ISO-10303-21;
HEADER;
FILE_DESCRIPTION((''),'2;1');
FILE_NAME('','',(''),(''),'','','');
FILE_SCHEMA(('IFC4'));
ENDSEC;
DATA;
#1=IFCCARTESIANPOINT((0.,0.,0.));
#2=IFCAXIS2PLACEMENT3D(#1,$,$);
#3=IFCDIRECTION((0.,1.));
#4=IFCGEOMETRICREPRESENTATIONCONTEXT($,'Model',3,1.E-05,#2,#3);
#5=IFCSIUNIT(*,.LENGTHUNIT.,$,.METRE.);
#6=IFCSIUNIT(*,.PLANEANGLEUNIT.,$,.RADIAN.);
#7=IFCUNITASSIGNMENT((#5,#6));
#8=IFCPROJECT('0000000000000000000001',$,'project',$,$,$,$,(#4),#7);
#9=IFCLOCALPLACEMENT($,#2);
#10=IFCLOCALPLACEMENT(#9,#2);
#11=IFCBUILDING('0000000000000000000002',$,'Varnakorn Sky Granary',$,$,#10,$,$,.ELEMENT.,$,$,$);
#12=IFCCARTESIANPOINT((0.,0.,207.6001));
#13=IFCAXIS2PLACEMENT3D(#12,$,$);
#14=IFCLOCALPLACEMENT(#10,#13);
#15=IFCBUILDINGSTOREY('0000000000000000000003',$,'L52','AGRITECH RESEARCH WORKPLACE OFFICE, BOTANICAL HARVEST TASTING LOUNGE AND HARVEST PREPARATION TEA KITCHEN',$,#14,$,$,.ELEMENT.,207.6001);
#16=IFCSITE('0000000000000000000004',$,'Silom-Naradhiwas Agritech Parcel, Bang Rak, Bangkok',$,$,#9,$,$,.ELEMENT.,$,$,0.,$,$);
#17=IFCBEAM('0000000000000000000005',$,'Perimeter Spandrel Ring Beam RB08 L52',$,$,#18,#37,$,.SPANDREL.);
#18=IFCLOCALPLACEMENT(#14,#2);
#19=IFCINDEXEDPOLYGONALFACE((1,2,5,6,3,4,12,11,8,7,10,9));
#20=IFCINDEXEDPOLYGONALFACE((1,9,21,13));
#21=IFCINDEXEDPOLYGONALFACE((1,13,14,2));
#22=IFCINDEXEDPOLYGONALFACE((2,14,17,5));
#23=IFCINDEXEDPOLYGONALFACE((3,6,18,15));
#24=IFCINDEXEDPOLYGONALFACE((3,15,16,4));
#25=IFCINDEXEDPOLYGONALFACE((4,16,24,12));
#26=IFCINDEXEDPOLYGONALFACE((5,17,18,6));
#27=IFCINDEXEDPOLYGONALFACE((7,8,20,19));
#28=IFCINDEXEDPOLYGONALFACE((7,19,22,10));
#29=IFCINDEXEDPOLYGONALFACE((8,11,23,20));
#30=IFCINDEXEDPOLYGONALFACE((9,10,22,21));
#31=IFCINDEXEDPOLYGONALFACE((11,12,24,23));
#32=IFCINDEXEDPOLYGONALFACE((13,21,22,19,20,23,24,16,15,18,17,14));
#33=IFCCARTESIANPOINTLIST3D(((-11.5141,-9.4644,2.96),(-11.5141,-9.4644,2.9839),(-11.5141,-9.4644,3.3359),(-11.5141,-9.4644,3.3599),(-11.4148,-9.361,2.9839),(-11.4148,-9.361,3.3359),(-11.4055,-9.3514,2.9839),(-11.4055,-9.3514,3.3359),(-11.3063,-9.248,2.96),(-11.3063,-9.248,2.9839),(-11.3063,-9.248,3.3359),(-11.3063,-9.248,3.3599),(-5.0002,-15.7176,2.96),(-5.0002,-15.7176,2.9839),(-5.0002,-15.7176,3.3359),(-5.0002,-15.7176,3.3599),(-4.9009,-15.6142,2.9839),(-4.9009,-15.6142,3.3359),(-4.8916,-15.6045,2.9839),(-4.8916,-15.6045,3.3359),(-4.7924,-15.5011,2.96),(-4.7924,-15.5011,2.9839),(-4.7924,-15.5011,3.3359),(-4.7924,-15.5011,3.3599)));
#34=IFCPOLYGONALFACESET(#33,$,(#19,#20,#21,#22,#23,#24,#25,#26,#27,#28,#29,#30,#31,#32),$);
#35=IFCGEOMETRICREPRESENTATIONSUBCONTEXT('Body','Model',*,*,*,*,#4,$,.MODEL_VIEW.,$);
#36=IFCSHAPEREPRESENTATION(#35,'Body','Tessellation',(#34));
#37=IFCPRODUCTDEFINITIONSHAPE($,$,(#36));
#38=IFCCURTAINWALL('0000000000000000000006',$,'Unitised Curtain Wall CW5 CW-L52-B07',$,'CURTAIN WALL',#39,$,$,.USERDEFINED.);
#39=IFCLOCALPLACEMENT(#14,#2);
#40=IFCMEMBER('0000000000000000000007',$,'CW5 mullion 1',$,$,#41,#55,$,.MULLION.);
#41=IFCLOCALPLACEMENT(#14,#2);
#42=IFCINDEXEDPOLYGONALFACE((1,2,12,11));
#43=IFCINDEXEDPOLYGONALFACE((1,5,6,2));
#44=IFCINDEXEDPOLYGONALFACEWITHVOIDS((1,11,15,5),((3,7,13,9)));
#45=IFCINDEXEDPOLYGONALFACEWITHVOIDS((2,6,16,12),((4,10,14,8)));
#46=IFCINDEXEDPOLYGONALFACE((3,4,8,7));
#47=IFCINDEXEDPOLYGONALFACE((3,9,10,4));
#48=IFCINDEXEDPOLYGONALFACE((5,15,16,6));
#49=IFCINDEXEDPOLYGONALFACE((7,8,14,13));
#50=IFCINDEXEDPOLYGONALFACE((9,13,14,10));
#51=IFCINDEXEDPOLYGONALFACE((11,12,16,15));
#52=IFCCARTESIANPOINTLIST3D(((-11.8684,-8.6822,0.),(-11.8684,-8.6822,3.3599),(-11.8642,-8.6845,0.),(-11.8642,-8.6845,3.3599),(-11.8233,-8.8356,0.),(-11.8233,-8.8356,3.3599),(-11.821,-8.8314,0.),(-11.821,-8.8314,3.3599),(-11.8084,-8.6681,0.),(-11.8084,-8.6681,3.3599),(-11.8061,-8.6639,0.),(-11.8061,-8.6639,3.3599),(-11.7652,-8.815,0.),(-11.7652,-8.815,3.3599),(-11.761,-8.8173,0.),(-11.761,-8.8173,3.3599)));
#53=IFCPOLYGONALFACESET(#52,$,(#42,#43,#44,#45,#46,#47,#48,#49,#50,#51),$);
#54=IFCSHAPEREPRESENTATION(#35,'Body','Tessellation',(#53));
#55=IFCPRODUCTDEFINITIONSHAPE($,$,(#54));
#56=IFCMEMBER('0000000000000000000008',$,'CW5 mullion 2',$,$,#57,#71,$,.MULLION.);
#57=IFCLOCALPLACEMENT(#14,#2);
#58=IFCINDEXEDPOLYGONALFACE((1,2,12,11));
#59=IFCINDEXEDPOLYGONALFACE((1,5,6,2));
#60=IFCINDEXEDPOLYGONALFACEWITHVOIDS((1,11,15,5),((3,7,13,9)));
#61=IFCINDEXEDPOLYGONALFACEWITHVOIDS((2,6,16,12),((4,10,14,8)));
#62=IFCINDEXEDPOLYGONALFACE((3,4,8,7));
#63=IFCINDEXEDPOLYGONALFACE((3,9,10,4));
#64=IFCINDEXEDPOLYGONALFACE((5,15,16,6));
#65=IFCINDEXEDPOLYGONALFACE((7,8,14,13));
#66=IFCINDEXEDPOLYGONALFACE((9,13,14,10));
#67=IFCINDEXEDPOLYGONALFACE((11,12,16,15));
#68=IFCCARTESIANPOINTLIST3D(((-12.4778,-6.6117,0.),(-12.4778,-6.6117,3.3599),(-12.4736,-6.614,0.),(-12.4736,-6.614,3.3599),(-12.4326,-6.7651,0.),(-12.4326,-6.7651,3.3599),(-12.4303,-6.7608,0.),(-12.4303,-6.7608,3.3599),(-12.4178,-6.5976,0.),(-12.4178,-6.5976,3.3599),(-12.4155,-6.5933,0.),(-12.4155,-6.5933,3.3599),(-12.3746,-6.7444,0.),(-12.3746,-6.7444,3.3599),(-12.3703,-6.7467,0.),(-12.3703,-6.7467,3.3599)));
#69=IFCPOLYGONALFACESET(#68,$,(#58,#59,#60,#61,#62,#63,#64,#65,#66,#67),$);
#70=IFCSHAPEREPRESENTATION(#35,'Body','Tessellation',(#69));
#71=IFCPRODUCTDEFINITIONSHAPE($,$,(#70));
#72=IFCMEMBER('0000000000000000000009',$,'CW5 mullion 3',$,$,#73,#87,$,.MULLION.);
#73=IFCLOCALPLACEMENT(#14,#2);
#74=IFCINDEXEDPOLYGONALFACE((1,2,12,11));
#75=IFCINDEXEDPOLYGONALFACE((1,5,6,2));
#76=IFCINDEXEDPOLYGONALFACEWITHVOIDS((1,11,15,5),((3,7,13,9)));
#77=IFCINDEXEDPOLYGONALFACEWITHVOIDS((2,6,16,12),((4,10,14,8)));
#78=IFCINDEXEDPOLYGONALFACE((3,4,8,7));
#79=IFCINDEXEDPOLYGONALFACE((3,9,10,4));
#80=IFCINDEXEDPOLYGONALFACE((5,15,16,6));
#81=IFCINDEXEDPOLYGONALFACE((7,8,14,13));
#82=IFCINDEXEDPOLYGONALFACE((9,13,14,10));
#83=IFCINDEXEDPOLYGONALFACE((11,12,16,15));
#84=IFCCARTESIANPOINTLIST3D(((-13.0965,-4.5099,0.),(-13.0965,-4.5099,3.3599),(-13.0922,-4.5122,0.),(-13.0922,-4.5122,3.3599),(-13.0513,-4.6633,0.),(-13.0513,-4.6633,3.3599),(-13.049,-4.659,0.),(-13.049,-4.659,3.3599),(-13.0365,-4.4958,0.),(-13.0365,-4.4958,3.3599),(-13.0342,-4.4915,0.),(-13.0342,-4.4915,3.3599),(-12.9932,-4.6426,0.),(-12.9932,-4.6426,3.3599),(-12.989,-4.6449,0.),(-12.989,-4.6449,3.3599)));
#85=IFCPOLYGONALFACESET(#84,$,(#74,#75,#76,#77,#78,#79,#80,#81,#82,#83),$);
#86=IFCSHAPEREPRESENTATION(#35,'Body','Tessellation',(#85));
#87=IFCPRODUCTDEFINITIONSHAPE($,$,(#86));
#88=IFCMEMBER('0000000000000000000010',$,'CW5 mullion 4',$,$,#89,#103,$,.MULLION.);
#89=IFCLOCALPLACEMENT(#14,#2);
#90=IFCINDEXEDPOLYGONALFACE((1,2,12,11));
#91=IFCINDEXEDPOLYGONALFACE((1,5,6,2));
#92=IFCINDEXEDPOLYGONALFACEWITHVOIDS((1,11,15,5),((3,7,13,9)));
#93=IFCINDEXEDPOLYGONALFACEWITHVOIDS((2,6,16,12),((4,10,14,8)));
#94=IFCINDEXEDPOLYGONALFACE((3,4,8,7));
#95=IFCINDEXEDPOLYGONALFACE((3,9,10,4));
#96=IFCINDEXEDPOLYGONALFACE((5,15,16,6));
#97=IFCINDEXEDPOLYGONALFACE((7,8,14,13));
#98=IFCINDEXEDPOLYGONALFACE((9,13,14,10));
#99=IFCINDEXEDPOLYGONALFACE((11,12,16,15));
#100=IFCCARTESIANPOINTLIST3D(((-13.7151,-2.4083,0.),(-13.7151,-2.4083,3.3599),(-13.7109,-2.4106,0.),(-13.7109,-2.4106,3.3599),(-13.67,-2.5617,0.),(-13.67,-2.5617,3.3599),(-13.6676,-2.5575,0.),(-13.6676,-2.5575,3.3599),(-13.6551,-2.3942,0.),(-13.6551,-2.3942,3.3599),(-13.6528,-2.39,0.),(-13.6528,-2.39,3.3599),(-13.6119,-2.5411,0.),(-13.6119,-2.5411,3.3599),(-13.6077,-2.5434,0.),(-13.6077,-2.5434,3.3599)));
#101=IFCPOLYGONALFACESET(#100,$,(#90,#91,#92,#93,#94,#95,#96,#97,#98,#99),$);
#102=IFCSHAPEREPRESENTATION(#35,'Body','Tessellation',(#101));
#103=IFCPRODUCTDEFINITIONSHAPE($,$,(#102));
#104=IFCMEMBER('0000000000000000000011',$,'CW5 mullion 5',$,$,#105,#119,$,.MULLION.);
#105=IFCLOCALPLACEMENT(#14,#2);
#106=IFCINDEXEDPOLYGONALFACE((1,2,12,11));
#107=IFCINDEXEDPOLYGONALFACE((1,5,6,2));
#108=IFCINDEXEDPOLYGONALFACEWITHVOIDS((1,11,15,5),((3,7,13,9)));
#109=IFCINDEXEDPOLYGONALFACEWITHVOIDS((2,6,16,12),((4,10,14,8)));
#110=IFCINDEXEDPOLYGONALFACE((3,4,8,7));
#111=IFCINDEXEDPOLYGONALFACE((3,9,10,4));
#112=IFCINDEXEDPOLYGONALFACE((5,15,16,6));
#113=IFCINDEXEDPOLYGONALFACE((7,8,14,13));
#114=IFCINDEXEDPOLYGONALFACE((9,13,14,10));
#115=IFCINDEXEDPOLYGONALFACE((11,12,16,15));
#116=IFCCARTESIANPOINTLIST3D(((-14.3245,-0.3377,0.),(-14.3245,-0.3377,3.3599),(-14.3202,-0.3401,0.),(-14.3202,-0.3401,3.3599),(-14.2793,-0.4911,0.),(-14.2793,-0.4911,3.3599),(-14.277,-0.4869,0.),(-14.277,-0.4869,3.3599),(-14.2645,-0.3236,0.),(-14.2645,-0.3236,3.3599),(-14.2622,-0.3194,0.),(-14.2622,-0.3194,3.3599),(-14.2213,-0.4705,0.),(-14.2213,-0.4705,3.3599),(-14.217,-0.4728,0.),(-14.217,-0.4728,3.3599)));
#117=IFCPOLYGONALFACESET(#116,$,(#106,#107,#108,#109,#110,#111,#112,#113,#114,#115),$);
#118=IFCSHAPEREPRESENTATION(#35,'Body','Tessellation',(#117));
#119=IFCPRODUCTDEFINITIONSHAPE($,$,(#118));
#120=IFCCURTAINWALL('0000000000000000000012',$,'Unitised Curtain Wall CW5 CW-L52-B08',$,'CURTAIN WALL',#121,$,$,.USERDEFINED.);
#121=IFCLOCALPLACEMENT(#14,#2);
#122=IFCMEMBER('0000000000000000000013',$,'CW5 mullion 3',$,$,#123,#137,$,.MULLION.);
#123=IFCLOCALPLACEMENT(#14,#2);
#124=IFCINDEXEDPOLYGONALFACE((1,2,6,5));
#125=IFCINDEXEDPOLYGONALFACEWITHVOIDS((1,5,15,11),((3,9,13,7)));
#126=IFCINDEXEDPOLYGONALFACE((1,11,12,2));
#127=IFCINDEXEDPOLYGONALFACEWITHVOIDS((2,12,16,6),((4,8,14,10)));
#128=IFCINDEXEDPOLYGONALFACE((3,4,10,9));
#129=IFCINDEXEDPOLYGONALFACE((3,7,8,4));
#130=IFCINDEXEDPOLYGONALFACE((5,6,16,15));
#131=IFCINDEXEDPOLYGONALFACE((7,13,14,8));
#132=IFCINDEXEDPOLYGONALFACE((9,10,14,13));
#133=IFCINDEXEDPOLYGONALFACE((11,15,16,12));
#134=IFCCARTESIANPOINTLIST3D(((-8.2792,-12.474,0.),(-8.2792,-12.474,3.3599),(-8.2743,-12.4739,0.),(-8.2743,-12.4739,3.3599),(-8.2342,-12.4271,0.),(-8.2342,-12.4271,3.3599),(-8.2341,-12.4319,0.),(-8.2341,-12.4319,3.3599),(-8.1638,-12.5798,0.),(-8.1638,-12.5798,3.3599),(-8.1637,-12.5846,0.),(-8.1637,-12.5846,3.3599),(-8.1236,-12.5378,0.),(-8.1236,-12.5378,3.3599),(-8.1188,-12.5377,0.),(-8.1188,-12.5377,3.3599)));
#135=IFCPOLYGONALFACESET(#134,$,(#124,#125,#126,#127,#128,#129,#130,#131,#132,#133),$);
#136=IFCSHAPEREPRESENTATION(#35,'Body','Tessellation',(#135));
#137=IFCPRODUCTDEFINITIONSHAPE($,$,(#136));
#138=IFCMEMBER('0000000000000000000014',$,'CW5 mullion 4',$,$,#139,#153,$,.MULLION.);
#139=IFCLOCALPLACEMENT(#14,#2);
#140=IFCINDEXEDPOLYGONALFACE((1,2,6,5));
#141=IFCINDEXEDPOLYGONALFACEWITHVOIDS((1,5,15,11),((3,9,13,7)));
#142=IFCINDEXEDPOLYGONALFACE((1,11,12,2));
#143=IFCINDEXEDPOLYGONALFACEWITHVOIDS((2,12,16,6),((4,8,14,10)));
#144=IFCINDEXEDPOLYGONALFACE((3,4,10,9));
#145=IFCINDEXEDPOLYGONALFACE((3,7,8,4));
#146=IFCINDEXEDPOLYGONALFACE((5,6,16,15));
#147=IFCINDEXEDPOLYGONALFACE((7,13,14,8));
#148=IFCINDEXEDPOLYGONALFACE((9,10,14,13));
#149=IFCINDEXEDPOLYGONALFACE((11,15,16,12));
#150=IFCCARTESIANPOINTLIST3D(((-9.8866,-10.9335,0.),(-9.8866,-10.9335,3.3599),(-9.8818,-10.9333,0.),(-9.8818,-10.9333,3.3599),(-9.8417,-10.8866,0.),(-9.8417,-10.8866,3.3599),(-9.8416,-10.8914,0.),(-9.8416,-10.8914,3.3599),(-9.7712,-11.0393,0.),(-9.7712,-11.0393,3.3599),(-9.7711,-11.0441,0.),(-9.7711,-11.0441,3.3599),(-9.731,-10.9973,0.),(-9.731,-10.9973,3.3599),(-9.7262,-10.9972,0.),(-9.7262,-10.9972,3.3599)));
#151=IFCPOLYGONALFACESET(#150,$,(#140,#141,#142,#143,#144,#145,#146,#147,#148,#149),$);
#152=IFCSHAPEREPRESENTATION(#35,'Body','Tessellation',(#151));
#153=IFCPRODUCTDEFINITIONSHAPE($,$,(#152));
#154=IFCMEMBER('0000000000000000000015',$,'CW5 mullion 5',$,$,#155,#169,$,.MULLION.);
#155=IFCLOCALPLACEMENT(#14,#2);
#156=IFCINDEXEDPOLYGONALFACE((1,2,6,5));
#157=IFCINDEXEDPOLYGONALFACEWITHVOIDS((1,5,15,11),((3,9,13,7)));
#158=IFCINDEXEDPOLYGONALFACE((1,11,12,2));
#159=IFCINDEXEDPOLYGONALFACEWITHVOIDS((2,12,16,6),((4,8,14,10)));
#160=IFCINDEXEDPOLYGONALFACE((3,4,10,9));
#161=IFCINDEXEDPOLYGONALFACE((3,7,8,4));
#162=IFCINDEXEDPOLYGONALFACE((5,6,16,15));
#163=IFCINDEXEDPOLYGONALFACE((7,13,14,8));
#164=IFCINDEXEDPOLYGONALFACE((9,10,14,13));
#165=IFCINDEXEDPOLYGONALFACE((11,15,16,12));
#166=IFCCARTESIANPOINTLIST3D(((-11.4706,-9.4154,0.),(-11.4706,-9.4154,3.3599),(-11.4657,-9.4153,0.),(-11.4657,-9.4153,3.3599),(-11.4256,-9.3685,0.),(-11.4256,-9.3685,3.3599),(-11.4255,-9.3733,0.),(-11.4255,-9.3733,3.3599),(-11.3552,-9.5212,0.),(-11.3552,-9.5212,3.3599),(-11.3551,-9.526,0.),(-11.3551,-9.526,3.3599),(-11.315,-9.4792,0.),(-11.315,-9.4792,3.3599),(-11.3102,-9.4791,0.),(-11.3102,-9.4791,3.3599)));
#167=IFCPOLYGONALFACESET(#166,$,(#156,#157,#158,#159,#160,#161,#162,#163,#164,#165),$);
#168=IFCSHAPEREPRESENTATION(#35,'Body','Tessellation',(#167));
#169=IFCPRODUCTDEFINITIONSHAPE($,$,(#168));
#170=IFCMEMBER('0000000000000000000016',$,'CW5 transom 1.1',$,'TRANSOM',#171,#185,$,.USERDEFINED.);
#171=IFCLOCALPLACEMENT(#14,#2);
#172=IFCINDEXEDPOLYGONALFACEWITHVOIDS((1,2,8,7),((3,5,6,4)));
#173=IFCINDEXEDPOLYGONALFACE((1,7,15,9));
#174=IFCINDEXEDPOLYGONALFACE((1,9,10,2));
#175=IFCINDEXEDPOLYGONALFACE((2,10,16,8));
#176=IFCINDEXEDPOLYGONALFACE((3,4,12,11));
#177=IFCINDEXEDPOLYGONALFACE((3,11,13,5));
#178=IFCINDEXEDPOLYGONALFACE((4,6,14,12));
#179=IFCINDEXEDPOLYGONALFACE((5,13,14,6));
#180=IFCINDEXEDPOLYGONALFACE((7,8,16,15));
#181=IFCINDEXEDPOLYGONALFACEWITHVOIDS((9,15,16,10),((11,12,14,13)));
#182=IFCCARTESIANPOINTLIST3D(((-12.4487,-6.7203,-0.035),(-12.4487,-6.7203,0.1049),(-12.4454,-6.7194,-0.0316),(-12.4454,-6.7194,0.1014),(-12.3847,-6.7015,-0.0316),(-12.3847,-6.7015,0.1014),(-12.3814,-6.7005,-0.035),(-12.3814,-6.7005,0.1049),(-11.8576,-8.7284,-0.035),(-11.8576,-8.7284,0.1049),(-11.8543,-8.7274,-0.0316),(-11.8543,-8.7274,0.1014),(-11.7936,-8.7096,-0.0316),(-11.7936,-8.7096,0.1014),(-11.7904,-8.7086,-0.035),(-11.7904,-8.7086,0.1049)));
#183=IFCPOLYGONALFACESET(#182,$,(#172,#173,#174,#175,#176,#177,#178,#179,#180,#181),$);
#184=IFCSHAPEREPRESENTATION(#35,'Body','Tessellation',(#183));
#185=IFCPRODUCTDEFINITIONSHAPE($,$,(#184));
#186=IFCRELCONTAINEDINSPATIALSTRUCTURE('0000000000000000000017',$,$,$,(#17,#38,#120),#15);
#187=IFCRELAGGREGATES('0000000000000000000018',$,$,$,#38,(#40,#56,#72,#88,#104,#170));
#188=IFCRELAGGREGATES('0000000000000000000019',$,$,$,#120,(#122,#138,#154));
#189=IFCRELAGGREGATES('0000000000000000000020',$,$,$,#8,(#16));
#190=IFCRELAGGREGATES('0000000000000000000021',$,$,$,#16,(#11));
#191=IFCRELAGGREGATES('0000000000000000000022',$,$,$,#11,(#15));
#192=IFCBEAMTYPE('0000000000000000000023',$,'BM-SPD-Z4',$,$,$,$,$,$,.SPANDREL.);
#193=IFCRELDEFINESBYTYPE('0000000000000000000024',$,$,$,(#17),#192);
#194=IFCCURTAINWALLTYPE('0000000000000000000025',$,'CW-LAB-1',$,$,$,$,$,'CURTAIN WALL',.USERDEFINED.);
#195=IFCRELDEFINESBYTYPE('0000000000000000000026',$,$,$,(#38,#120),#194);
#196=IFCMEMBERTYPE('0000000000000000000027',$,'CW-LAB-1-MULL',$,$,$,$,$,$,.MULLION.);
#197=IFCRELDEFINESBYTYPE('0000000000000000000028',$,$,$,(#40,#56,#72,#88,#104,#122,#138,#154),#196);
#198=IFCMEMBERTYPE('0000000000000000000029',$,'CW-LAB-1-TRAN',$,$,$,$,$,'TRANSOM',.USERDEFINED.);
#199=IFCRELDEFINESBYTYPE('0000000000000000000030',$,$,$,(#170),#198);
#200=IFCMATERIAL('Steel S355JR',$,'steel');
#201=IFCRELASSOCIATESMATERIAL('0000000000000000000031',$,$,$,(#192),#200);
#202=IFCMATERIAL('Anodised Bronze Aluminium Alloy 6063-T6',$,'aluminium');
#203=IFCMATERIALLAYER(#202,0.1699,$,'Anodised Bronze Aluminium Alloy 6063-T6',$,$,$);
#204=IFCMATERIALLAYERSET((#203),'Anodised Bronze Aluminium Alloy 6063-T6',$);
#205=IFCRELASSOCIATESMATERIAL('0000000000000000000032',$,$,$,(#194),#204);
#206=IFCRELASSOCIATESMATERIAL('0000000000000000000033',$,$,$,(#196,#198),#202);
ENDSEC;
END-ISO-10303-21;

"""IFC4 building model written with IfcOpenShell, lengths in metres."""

from ifc_helpers import new_model, si_unit, direction, frame, origin, origin_2d, place, context, subcontext, project, spatial, hollow_rectangle, i_section, extrude, material, layer, layer_set, material_profile, profile_set, type_object, element, aggregate, save


model = new_model("IFC4")

# Units and contexts
model_context = context("Model", 3, precision=1e-05, world=origin(), true_north=direction((0.0, 1.0)))
body_context = subcontext(model_context, "Body", "Model", "MODEL_VIEW")
ifc_project = project(units=[si_unit("LENGTHUNIT", "METRE"), si_unit("PLANEANGLEUNIT", "RADIAN")], contexts=[model_context])

# Site, building, storey
site_placement = place(None, origin())
site = spatial("IfcSite", under=ifc_project, at=site_placement, Name="Silom-Naradhiwas Agritech Parcel, Bang Rak, Bangkok", CompositionType="ELEMENT", RefElevation=0.0)
building_placement = place(site_placement, origin())
building = spatial("IfcBuilding", under=site, at=building_placement, Name="Varnakorn Sky Granary", CompositionType="ELEMENT")
storey_placement = place(building_placement, frame((0.0, 0.0, 207.6001)))
storey = spatial("IfcBuildingStorey", under=building, at=storey_placement, Name="L52", Description="AGRITECH RESEARCH WORKPLACE OFFICE, BOTANICAL HARVEST TASTING LOUNGE AND HARVEST PREPARATION TEA KITCHEN", CompositionType="ELEMENT", Elevation=207.6001)

# Beam
ifc_material_1 = material(Name="Steel S355JR", Category="steel")
ifc_material_profile_1 = material_profile(ifc_material_1, i_section(OverallWidth=0.3, OverallDepth=0.3999, WebThickness=0.0134, FlangeThickness=0.0239, at=origin_2d()), Name="HE 400 B")
ifc_profile_set_1 = profile_set([ifc_material_profile_1], Name="Steel S355JR")
beam_type_1 = type_object("IfcBeamType", Name="BM-SPD-Z4", PredefinedType="SPANDREL", material=ifc_profile_set_1)
beam_1_placement = place(storey_placement, frame((-11.4102, -9.3562, 3.1599), z_axis=(0.721398, -0.692521, 0.0), x_axis=(0.692521, 0.721398, 0.0)))
element("IfcBeam", 1, at=beam_1_placement, inside=storey, type_object=beam_type_1, Name="Perimeter Spandrel Ring Beam RB08 L52", PredefinedType="SPANDREL", context=body_context, shape_type="SweptSolid", body=[
    extrude(i_section(OverallWidth=0.3, OverallDepth=0.3999, WebThickness=0.0134, FlangeThickness=0.0239, at=origin_2d()), origin(), (0.0, 0.0, 1.0), 9.0295),
])

# Curtain walls, members
ifc_material_2 = material(Name="Anodised Bronze Aluminium Alloy 6063-T6", Category="aluminium")
ifc_layer_1 = layer(ifc_material_2, 0.1699, Name="Anodised Bronze Aluminium Alloy 6063-T6")
ifc_layer_set_1 = layer_set([ifc_layer_1], Name="Anodised Bronze Aluminium Alloy 6063-T6")
curtain_wall_type = type_object("IfcCurtainWallType", Name="CW-LAB-1", ElementType="CURTAIN WALL", PredefinedType="USERDEFINED", material=ifc_layer_set_1)
curtain_wall_1_placement = place(storey_placement, origin())
curtain_wall_1 = element("IfcCurtainWall", 2, at=curtain_wall_1_placement, inside=storey, type_object=curtain_wall_type, Name="Unitised Curtain Wall CW5 CW-L52-B07", ObjectType="CURTAIN WALL", PredefinedType="USERDEFINED")
ifc_material_profile_2 = material_profile(ifc_material_2, hollow_rectangle(XDim=0.0649, YDim=0.1599, WallThickness=0.0034, at=origin_2d()), Name="ALU MULL 65x160")
ifc_profile_set_2 = profile_set([ifc_material_profile_2], Name="Anodised Bronze Aluminium Alloy 6063-T6")
member_type_1 = type_object("IfcMemberType", Name="CW-LAB-1-MULL", PredefinedType="MULLION", material=ifc_profile_set_2)
member_1_placement = place(storey_placement, frame((-11.8147, -8.7498, 0.0), z_axis=(0.0, 0.0, 1.0), x_axis=(-0.95931, -0.282357, 0.0)))
member_1 = element("IfcMember", 3, at=member_1_placement, type_object=member_type_1, Name="CW5 mullion 1", PredefinedType="MULLION", context=body_context, shape_type="SweptSolid", body=[
    extrude(hollow_rectangle(XDim=0.0649, YDim=0.1599, WallThickness=0.0034, at=origin_2d()), origin(), (0.0, 0.0, 1.0), 3.3599),
])
member_2_placement = place(storey_placement, frame((-12.4241, -6.6792, 0.0), z_axis=(0.0, 0.0, 1.0), x_axis=(-0.95931, -0.282357, 0.0)))
member_2 = element("IfcMember", 4, at=member_2_placement, type_object=member_type_1, Name="CW5 mullion 2", PredefinedType="MULLION", context=body_context, shape_type="SweptSolid", body=[
    extrude(hollow_rectangle(XDim=0.0649, YDim=0.1599, WallThickness=0.0034, at=origin_2d()), origin(), (0.0, 0.0, 1.0), 3.3599),
])
member_3_placement = place(storey_placement, frame((-13.0427, -4.5774, 0.0), z_axis=(0.0, 0.0, 1.0), x_axis=(-0.95931, -0.282357, 0.0)))
member_3 = element("IfcMember", 5, at=member_3_placement, type_object=member_type_1, Name="CW5 mullion 3", PredefinedType="MULLION", context=body_context, shape_type="SweptSolid", body=[
    extrude(hollow_rectangle(XDim=0.0649, YDim=0.1599, WallThickness=0.0034, at=origin_2d()), origin(), (0.0, 0.0, 1.0), 3.3599),
])
member_4_placement = place(storey_placement, frame((-13.6614, -2.4758, 0.0), z_axis=(0.0, 0.0, 1.0), x_axis=(-0.95931, -0.282357, 0.0)))
member_4 = element("IfcMember", 6, at=member_4_placement, type_object=member_type_1, Name="CW5 mullion 4", PredefinedType="MULLION", context=body_context, shape_type="SweptSolid", body=[
    extrude(hollow_rectangle(XDim=0.0649, YDim=0.1599, WallThickness=0.0034, at=origin_2d()), origin(), (0.0, 0.0, 1.0), 3.3599),
])
member_5_placement = place(storey_placement, frame((-14.2708, -0.4053, 0.0), z_axis=(0.0, 0.0, 1.0), x_axis=(-0.95931, -0.282357, 0.0)))
member_5 = element("IfcMember", 7, at=member_5_placement, type_object=member_type_1, Name="CW5 mullion 5", PredefinedType="MULLION", context=body_context, shape_type="SweptSolid", body=[
    extrude(hollow_rectangle(XDim=0.0649, YDim=0.1599, WallThickness=0.0034, at=origin_2d()), origin(), (0.0, 0.0, 1.0), 3.3599),
])
curtain_wall_2_placement = place(storey_placement, origin())
curtain_wall_2 = element("IfcCurtainWall", 8, at=curtain_wall_2_placement, inside=storey, type_object=curtain_wall_type, Name="Unitised Curtain Wall CW5 CW-L52-B08", ObjectType="CURTAIN WALL", PredefinedType="USERDEFINED")
member_6_placement = place(storey_placement, frame((-8.199, -12.5059, 0.0), z_axis=(0.0, 0.0, 1.0), x_axis=(-0.691923, -0.721971, 0.0)))
member_6 = element("IfcMember", 9, at=member_6_placement, type_object=member_type_1, Name="CW5 mullion 3", PredefinedType="MULLION", context=body_context, shape_type="SweptSolid", body=[
    extrude(hollow_rectangle(XDim=0.0649, YDim=0.1599, WallThickness=0.0034, at=origin_2d()), origin(), (0.0, 0.0, 1.0), 3.3599),
])
member_7_placement = place(storey_placement, frame((-9.8064, -10.9653, 0.0), z_axis=(0.0, 0.0, 1.0), x_axis=(-0.691923, -0.721971, 0.0)))
member_7 = element("IfcMember", 10, at=member_7_placement, type_object=member_type_1, Name="CW5 mullion 4", PredefinedType="MULLION", context=body_context, shape_type="SweptSolid", body=[
    extrude(hollow_rectangle(XDim=0.0649, YDim=0.1599, WallThickness=0.0034, at=origin_2d()), origin(), (0.0, 0.0, 1.0), 3.3599),
])
member_8_placement = place(storey_placement, frame((-11.3904, -9.4473, 0.0), z_axis=(0.0, 0.0, 1.0), x_axis=(-0.691923, -0.721971, 0.0)))
member_8 = element("IfcMember", 11, at=member_8_placement, type_object=member_type_1, Name="CW5 mullion 5", PredefinedType="MULLION", context=body_context, shape_type="SweptSolid", body=[
    extrude(hollow_rectangle(XDim=0.0649, YDim=0.1599, WallThickness=0.0034, at=origin_2d()), origin(), (0.0, 0.0, 1.0), 3.3599),
])

# Member
ifc_material_profile_3 = material_profile(ifc_material_2, hollow_rectangle(XDim=0.0701, YDim=0.1399, WallThickness=0.0034, at=origin_2d()), Name="ALU TRAN 70x140")
ifc_profile_set_3 = profile_set([ifc_material_profile_3], Name="Anodised Bronze Aluminium Alloy 6063-T6")
member_type_2 = type_object("IfcMemberType", Name="CW-LAB-1-TRAN", ElementType="TRANSOM", PredefinedType="USERDEFINED", material=ifc_profile_set_3)
member_9_placement = place(storey_placement, frame((-11.824, -8.7185, 0.0349), z_axis=(-0.282368, 0.959306, 0.0), x_axis=(-0.959306, -0.282368, 0.0)))
member_9 = element("IfcMember", 12, at=member_9_placement, type_object=member_type_2, Name="CW5 transom 1.1", ObjectType="TRANSOM", PredefinedType="USERDEFINED", context=body_context, shape_type="SweptSolid", body=[
    extrude(hollow_rectangle(XDim=0.0701, YDim=0.1399, WallThickness=0.0034, at=origin_2d()), origin(), (0.0, 0.0, 1.0), 2.0933),
])

aggregate(curtain_wall_1, [member_1, member_2, member_3, member_4, member_5, member_9])
aggregate(curtain_wall_2, [member_6, member_7, member_8])

save(model, "model.ifc")
